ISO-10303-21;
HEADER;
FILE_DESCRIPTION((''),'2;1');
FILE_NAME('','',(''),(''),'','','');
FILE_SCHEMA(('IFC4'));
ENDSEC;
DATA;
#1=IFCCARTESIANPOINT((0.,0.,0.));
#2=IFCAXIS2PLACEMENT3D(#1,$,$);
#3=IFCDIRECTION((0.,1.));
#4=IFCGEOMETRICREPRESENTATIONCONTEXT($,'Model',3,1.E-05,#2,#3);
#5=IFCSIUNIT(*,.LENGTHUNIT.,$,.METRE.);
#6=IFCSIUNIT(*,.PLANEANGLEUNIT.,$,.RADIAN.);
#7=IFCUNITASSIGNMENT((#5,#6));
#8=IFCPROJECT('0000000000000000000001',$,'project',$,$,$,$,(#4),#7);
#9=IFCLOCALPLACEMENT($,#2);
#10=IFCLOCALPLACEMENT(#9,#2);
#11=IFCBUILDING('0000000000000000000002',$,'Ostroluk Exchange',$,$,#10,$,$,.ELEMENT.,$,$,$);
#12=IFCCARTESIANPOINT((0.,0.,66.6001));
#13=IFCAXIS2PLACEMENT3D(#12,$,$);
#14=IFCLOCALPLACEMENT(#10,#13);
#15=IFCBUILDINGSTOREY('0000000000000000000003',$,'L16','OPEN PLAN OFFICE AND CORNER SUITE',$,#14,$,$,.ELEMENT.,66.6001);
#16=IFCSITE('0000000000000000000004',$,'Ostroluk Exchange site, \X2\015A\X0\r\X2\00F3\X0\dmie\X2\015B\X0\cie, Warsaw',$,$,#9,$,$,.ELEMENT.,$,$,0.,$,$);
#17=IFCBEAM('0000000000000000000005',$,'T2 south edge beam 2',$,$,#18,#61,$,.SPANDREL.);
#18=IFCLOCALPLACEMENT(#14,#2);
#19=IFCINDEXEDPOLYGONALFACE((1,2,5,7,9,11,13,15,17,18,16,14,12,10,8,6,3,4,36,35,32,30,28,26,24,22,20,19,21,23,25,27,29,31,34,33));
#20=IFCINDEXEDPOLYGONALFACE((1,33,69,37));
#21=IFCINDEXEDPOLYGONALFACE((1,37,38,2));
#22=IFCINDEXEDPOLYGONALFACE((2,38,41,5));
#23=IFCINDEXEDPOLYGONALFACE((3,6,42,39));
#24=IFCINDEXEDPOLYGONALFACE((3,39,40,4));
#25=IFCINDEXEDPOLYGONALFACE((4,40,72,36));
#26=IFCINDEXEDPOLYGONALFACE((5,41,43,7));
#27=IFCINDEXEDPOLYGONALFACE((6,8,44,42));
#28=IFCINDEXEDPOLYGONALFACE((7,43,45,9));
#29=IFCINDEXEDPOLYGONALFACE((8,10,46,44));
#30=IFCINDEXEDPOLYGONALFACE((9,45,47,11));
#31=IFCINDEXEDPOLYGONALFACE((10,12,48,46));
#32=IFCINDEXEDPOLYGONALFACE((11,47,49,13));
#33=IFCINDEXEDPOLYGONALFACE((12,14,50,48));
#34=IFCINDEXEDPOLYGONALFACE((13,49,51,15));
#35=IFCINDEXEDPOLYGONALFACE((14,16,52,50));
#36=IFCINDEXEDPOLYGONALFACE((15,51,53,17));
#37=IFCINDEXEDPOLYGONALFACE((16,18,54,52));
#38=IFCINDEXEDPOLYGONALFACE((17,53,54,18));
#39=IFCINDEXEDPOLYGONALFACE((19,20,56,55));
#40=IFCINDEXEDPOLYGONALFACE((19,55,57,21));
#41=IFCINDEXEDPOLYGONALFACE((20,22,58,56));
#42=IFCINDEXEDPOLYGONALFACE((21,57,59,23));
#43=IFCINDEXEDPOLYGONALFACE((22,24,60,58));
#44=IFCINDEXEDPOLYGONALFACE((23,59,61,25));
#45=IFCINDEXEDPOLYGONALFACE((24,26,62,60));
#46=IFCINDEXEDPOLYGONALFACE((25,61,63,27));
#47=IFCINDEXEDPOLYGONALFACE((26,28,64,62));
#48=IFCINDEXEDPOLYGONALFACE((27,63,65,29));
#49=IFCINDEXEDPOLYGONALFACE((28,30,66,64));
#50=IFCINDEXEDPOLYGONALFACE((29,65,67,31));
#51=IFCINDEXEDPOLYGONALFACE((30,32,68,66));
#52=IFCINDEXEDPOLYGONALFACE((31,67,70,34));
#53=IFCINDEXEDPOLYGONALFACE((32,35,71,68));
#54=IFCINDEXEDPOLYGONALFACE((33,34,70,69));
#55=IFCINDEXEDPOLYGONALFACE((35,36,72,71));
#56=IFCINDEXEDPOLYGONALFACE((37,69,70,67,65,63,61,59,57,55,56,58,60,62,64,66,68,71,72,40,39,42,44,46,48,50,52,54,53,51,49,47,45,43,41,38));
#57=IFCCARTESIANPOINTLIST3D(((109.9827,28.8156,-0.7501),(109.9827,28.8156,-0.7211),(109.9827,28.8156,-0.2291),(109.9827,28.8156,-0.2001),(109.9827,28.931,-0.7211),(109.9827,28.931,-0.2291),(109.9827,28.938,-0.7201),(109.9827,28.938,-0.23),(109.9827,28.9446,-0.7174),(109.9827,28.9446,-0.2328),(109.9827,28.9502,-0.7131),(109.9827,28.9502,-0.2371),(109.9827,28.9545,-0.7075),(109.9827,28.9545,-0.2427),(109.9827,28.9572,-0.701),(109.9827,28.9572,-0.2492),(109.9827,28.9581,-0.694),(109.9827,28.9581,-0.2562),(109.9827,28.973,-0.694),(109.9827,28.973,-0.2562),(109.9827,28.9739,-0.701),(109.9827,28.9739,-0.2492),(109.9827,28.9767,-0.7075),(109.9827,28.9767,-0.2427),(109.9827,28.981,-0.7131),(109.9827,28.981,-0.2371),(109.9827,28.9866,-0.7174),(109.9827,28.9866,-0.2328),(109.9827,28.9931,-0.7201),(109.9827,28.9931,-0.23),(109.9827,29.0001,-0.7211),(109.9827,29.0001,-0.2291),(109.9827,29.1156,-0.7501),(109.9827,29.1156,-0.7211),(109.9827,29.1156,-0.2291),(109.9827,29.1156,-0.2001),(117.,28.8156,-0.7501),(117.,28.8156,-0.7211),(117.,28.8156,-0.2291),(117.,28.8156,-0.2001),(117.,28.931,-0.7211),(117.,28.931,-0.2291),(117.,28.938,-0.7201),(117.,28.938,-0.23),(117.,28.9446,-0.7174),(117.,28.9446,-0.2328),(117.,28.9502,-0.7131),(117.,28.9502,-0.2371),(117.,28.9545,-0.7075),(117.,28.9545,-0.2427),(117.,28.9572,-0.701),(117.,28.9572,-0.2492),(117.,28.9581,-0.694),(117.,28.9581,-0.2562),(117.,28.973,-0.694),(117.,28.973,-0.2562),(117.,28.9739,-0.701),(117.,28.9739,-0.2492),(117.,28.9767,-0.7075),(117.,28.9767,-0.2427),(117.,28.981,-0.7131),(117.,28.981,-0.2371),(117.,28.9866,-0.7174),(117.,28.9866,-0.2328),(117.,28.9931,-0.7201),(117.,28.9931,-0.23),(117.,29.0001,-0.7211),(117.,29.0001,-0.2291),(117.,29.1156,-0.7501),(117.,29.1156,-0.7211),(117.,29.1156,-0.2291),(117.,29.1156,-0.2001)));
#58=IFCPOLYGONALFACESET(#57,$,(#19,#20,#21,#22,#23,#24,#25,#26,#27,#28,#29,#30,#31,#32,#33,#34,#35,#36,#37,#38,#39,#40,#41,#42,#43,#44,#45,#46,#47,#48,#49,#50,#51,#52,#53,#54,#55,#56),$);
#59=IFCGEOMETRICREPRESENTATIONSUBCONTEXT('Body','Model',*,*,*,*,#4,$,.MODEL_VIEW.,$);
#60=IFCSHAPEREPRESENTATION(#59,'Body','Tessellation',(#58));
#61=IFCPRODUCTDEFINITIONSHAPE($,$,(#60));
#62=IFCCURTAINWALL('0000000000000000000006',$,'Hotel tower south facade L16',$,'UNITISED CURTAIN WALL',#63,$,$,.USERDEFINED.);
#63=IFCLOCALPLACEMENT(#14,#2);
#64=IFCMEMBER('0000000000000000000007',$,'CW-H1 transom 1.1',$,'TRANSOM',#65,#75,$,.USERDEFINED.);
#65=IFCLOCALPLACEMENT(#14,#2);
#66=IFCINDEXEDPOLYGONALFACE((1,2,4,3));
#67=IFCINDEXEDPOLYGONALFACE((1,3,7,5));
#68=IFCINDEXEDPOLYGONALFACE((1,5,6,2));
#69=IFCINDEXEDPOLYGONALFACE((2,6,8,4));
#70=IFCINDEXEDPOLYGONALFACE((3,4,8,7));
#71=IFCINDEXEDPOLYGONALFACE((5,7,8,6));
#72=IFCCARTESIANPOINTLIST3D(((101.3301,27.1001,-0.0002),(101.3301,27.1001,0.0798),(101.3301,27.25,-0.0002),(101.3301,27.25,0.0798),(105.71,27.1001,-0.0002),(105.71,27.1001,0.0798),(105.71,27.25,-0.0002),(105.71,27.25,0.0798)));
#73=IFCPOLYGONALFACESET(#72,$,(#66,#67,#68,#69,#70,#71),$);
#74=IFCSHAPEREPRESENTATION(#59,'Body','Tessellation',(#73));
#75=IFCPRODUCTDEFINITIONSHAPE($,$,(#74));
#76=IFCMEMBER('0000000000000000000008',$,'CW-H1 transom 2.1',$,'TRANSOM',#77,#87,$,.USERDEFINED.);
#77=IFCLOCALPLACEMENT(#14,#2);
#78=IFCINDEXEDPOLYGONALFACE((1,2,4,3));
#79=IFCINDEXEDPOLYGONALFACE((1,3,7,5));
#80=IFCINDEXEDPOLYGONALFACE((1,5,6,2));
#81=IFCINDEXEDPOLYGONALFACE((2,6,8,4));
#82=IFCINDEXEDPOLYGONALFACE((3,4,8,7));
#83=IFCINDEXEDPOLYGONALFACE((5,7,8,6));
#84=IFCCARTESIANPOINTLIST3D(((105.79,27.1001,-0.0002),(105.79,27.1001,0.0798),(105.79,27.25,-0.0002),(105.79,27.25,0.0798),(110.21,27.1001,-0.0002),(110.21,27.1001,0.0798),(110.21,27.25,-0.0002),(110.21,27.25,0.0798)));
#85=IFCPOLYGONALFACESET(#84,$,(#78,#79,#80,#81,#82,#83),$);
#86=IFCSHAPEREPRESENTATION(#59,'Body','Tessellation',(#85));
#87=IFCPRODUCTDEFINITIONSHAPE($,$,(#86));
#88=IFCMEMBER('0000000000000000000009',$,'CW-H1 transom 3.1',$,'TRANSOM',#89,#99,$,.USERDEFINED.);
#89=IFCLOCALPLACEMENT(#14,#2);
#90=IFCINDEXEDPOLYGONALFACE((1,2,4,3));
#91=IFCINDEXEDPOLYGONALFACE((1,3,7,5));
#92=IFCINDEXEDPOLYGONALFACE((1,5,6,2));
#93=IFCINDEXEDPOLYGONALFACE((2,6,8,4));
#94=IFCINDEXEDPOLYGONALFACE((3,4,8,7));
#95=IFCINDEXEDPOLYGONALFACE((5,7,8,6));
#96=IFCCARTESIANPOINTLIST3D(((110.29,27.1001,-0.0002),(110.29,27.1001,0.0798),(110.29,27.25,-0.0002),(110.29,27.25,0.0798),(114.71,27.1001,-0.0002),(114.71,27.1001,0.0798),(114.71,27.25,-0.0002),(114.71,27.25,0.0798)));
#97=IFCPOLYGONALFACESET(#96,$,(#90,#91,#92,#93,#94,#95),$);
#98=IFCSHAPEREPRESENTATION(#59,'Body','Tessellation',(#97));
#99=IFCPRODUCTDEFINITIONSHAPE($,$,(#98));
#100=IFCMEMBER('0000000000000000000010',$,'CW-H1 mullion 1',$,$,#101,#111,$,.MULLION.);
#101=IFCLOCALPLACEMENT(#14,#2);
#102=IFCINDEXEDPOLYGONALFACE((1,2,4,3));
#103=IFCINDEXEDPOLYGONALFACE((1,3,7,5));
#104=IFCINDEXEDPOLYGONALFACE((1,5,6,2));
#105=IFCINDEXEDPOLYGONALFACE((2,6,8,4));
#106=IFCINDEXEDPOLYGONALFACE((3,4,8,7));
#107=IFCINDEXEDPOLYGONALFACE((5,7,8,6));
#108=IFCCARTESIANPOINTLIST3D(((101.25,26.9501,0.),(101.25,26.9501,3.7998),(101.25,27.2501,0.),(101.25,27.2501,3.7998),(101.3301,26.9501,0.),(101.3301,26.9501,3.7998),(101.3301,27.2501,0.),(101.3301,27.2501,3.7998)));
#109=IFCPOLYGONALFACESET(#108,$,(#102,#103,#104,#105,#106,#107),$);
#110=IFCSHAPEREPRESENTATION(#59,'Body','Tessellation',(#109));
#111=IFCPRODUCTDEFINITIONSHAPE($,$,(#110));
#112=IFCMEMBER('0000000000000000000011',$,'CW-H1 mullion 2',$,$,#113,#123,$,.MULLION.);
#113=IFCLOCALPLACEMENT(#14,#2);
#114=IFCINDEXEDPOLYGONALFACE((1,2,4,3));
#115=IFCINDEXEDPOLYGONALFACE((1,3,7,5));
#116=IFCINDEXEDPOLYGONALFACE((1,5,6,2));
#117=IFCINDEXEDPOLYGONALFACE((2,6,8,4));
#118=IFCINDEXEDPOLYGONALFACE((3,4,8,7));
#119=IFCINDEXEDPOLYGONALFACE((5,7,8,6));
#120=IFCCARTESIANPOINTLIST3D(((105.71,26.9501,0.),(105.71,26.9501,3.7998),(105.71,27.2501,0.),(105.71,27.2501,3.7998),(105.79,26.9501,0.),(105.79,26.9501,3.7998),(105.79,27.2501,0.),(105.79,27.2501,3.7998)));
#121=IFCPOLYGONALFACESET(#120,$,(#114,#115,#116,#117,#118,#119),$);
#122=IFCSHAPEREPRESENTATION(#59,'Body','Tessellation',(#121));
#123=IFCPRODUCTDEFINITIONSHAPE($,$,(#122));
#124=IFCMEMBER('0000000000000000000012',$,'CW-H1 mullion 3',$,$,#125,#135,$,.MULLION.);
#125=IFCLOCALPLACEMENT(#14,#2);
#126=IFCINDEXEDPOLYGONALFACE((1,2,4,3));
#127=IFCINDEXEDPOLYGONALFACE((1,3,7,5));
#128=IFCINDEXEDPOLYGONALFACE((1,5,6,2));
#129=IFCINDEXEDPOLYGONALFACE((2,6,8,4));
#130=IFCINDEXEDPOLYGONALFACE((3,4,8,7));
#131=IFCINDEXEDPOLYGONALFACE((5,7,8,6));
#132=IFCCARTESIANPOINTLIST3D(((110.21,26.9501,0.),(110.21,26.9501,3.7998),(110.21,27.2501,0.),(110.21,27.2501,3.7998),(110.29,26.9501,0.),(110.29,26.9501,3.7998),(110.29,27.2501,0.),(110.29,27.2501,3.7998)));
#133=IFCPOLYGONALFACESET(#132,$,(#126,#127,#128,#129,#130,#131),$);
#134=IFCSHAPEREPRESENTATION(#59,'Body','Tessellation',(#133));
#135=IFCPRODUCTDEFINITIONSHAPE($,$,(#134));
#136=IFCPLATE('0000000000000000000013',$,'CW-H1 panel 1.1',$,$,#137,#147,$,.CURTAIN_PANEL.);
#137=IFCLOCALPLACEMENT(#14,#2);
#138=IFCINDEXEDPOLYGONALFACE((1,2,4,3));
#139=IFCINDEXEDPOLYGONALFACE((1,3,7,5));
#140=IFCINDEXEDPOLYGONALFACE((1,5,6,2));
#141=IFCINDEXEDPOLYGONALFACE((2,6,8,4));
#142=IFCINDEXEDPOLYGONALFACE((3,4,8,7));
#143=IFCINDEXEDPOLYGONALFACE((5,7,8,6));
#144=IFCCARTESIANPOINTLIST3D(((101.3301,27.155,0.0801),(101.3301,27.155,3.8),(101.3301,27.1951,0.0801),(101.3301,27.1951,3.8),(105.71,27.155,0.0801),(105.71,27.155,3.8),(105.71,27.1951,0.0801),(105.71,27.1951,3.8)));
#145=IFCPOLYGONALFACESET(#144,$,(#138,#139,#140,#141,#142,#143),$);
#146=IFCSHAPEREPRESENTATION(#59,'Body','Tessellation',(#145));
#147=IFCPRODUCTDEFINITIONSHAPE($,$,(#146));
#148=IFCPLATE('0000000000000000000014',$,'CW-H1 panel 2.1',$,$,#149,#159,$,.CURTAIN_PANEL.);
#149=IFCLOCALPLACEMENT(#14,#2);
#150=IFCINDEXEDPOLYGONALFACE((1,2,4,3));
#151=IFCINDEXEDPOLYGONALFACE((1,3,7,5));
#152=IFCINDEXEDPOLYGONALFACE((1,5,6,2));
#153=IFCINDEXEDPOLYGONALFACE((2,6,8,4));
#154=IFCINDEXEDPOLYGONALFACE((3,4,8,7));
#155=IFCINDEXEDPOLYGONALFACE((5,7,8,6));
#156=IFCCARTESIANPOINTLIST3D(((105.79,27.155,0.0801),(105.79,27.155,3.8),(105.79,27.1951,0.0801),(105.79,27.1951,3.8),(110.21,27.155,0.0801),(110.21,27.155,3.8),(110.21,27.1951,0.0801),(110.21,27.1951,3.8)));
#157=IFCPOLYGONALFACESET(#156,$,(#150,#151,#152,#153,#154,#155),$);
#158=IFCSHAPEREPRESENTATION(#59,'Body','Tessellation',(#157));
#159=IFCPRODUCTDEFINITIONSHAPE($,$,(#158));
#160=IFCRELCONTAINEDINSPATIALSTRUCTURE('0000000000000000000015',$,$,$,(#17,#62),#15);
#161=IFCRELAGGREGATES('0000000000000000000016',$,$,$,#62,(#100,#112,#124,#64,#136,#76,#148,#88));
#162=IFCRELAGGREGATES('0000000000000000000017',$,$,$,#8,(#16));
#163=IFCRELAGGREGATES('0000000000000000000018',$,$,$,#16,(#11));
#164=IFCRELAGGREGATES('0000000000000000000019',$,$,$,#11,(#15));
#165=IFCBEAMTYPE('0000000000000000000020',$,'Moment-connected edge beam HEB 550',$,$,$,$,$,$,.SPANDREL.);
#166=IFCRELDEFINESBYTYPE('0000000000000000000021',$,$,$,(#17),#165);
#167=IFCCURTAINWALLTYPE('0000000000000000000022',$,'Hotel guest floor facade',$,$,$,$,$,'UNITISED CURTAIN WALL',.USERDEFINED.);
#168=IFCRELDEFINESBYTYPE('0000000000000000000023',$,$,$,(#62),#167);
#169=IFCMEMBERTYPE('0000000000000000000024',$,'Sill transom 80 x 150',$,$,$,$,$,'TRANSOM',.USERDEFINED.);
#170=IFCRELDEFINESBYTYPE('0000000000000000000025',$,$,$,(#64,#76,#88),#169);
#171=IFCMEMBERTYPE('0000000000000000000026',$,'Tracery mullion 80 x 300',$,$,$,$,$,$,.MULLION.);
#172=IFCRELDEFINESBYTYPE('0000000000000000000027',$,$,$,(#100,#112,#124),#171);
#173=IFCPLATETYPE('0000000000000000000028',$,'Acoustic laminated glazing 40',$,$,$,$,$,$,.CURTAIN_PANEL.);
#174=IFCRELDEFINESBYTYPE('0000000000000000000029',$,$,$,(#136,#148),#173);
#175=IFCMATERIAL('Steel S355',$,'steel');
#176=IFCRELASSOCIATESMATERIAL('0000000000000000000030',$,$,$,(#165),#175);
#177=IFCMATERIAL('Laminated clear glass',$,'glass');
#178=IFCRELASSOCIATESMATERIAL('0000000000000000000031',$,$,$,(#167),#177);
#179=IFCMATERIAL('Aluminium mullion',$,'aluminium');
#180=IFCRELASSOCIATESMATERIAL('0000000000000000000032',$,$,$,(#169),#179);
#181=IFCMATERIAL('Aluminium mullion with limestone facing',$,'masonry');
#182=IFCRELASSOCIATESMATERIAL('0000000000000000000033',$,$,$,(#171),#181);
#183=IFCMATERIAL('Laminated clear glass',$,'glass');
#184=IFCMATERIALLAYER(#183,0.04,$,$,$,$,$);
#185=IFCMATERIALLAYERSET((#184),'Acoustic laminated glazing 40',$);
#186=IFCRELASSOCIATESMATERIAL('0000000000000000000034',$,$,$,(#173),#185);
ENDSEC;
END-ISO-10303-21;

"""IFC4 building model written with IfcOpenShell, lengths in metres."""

from ifc_helpers import new_model, si_unit, direction, frame, origin, origin_2d, place, context, subcontext, project, spatial, rectangle, i_section, extrude, material, layer, layer_set, material_profile, profile_set, type_object, element, aggregate, save


model = new_model("IFC4")

# Units and contexts
model_context = context("Model", 3, precision=1e-05, world=origin(), true_north=direction((0.0, 1.0)))
body_context = subcontext(model_context, "Body", "Model", "MODEL_VIEW")
ifc_project = project(units=[si_unit("LENGTHUNIT", "METRE"), si_unit("PLANEANGLEUNIT", "RADIAN")], contexts=[model_context])

# Site, building, storey
site_placement = place(None, origin())
site = spatial("IfcSite", under=ifc_project, at=site_placement, Name="Ostroluk Exchange site, Śródmieście, Warsaw", CompositionType="ELEMENT", RefElevation=0.0)
building_placement = place(site_placement, origin())
building = spatial("IfcBuilding", under=site, at=building_placement, Name="Ostroluk Exchange", CompositionType="ELEMENT")
storey_placement = place(building_placement, frame((0.0, 0.0, 66.6001)))
storey = spatial("IfcBuildingStorey", under=building, at=storey_placement, Name="L16", Description="OPEN PLAN OFFICE AND CORNER SUITE", CompositionType="ELEMENT", Elevation=66.6001)

# Beam
ifc_material_1 = material(Name="Steel S355", Category="steel")
ifc_material_profile_1 = material_profile(ifc_material_1, i_section(OverallWidth=0.3, OverallDepth=0.55, WebThickness=0.0149, FlangeThickness=0.0291, FilletRadius=0.0271, at=origin_2d()), Name="HEB 550")
ifc_profile_set_1 = profile_set([ifc_material_profile_1], Name="Steel S355")
beam_type_1 = type_object("IfcBeamType", Name="Moment-connected edge beam HEB 550", PredefinedType="SPANDREL", material=ifc_profile_set_1)
beam_1_placement = place(storey_placement, frame((109.9827, 28.9656, -0.4751), z_axis=(1.0, 0.0, 0.0), x_axis=(0.0, 1.0, 0.0)))
element("IfcBeam", 1, at=beam_1_placement, inside=storey, type_object=beam_type_1, Name="T2 south edge beam 2", PredefinedType="SPANDREL", context=body_context, shape_type="SweptSolid", body=[
    extrude(i_section(OverallWidth=0.3, OverallDepth=0.55, WebThickness=0.0149, FlangeThickness=0.0291, FilletRadius=0.0271, at=origin_2d()), origin(), (0.0, 0.0, 1.0), 7.0173),
])

# Curtain wall, members, plates
ifc_material_2 = material(Name="Laminated clear glass", Category="glass")
curtain_wall_type = type_object("IfcCurtainWallType", Name="Hotel guest floor facade", ElementType="UNITISED CURTAIN WALL", PredefinedType="USERDEFINED", material=ifc_material_2)
curtain_wall_placement = place(storey_placement, origin())
curtain_wall = element("IfcCurtainWall", 2, at=curtain_wall_placement, inside=storey, type_object=curtain_wall_type, Name="Hotel tower south facade L16", ObjectType="UNITISED CURTAIN WALL", PredefinedType="USERDEFINED")
ifc_material_3 = material(Name="Aluminium mullion", Category="aluminium")
ifc_material_profile_2 = material_profile(ifc_material_3, rectangle(XDim=0.1499, YDim=0.0801, at=origin_2d()), Name="Sill transom 80 x 150")
ifc_profile_set_2 = profile_set([ifc_material_profile_2], Name="Aluminium mullion")
member_type_1 = type_object("IfcMemberType", Name="Sill transom 80 x 150", ElementType="TRANSOM", PredefinedType="USERDEFINED", material=ifc_profile_set_2)
member_1_placement = place(storey_placement, frame((101.3301, 27.175, 0.0398), z_axis=(1.0, 0.0, 0.0), x_axis=(0.0, 1.0, 0.0)))
member_1 = element("IfcMember", 3, at=member_1_placement, type_object=member_type_1, Name="CW-H1 transom 1.1", ObjectType="TRANSOM", PredefinedType="USERDEFINED", context=body_context, shape_type="SweptSolid", body=[
    extrude(rectangle(XDim=0.1499, YDim=0.0801, at=origin_2d()), origin(), (0.0, 0.0, 1.0), 4.3799),
])
member_2_placement = place(storey_placement, frame((105.79, 27.175, 0.0398), z_axis=(1.0, 0.0, 0.0), x_axis=(0.0, 1.0, 0.0)))
member_2 = element("IfcMember", 4, at=member_2_placement, type_object=member_type_1, Name="CW-H1 transom 2.1", ObjectType="TRANSOM", PredefinedType="USERDEFINED", context=body_context, shape_type="SweptSolid", body=[
    extrude(rectangle(XDim=0.1499, YDim=0.0801, at=origin_2d()), origin(), (0.0, 0.0, 1.0), 4.4199),
])
member_3_placement = place(storey_placement, frame((110.29, 27.175, 0.0398), z_axis=(1.0, 0.0, 0.0), x_axis=(0.0, 1.0, 0.0)))
member_3 = element("IfcMember", 5, at=member_3_placement, type_object=member_type_1, Name="CW-H1 transom 3.1", ObjectType="TRANSOM", PredefinedType="USERDEFINED", context=body_context, shape_type="SweptSolid", body=[
    extrude(rectangle(XDim=0.1499, YDim=0.0801, at=origin_2d()), origin(), (0.0, 0.0, 1.0), 4.4199),
])
ifc_material_4 = material(Name="Aluminium mullion with limestone facing", Category="masonry")
ifc_material_profile_3 = material_profile(ifc_material_4, rectangle(XDim=0.3, YDim=0.0801, at=origin_2d()), Name="Tracery mullion 80 x 300")
ifc_profile_set_3 = profile_set([ifc_material_profile_3], Name="Aluminium mullion with limestone facing")
member_type_2 = type_object("IfcMemberType", Name="Tracery mullion 80 x 300", PredefinedType="MULLION", material=ifc_profile_set_3)
member_4_placement = place(storey_placement, frame((101.29, 27.1001, 0.0), z_axis=(0.0, 0.0, 1.0), x_axis=(0.0, 1.0, 0.0)))
member_4 = element("IfcMember", 6, at=member_4_placement, type_object=member_type_2, Name="CW-H1 mullion 1", PredefinedType="MULLION", context=body_context, shape_type="SweptSolid", body=[
    extrude(rectangle(XDim=0.3, YDim=0.0801, at=origin_2d()), origin(), (0.0, 0.0, 1.0), 3.7998),
])
member_5_placement = place(storey_placement, frame((105.75, 27.1001, 0.0), z_axis=(0.0, 0.0, 1.0), x_axis=(0.0, 1.0, 0.0)))
member_5 = element("IfcMember", 7, at=member_5_placement, type_object=member_type_2, Name="CW-H1 mullion 2", PredefinedType="MULLION", context=body_context, shape_type="SweptSolid", body=[
    extrude(rectangle(XDim=0.3, YDim=0.0801, at=origin_2d()), origin(), (0.0, 0.0, 1.0), 3.7998),
])
member_6_placement = place(storey_placement, frame((110.25, 27.1001, 0.0), z_axis=(0.0, 0.0, 1.0), x_axis=(0.0, 1.0, 0.0)))
member_6 = element("IfcMember", 8, at=member_6_placement, type_object=member_type_2, Name="CW-H1 mullion 3", PredefinedType="MULLION", context=body_context, shape_type="SweptSolid", body=[
    extrude(rectangle(XDim=0.3, YDim=0.0801, at=origin_2d()), origin(), (0.0, 0.0, 1.0), 3.7998),
])
ifc_material_5 = material(Name="Laminated clear glass", Category="glass")
ifc_layer_1 = layer(ifc_material_5, 0.04)
ifc_layer_set_1 = layer_set([ifc_layer_1], Name="Acoustic laminated glazing 40")
plate_type = type_object("IfcPlateType", Name="Acoustic laminated glazing 40", PredefinedType="CURTAIN_PANEL", material=ifc_layer_set_1)
plate_1_placement = place(storey_placement, frame((103.52, 27.175, 0.0801), z_axis=(0.0, 0.0, 1.0), x_axis=(1.0, 0.0, 0.0)))
plate_1 = element("IfcPlate", 9, at=plate_1_placement, type_object=plate_type, Name="CW-H1 panel 1.1", PredefinedType="CURTAIN_PANEL", context=body_context, shape_type="SweptSolid", body=[
    extrude(rectangle(XDim=4.3799, YDim=0.04, at=origin_2d()), origin(), (0.0, 0.0, 1.0), 3.72),
])
plate_2_placement = place(storey_placement, frame((108.0, 27.175, 0.0801), z_axis=(0.0, 0.0, 1.0), x_axis=(1.0, 0.0, 0.0)))
plate_2 = element("IfcPlate", 10, at=plate_2_placement, type_object=plate_type, Name="CW-H1 panel 2.1", PredefinedType="CURTAIN_PANEL", context=body_context, shape_type="SweptSolid", body=[
    extrude(rectangle(XDim=4.4199, YDim=0.04, at=origin_2d()), origin(), (0.0, 0.0, 1.0), 3.72),
])
aggregate(curtain_wall, [member_4, member_5, member_6, member_1, plate_1, member_2, plate_2, member_3])

save(model, "model.ifc")
